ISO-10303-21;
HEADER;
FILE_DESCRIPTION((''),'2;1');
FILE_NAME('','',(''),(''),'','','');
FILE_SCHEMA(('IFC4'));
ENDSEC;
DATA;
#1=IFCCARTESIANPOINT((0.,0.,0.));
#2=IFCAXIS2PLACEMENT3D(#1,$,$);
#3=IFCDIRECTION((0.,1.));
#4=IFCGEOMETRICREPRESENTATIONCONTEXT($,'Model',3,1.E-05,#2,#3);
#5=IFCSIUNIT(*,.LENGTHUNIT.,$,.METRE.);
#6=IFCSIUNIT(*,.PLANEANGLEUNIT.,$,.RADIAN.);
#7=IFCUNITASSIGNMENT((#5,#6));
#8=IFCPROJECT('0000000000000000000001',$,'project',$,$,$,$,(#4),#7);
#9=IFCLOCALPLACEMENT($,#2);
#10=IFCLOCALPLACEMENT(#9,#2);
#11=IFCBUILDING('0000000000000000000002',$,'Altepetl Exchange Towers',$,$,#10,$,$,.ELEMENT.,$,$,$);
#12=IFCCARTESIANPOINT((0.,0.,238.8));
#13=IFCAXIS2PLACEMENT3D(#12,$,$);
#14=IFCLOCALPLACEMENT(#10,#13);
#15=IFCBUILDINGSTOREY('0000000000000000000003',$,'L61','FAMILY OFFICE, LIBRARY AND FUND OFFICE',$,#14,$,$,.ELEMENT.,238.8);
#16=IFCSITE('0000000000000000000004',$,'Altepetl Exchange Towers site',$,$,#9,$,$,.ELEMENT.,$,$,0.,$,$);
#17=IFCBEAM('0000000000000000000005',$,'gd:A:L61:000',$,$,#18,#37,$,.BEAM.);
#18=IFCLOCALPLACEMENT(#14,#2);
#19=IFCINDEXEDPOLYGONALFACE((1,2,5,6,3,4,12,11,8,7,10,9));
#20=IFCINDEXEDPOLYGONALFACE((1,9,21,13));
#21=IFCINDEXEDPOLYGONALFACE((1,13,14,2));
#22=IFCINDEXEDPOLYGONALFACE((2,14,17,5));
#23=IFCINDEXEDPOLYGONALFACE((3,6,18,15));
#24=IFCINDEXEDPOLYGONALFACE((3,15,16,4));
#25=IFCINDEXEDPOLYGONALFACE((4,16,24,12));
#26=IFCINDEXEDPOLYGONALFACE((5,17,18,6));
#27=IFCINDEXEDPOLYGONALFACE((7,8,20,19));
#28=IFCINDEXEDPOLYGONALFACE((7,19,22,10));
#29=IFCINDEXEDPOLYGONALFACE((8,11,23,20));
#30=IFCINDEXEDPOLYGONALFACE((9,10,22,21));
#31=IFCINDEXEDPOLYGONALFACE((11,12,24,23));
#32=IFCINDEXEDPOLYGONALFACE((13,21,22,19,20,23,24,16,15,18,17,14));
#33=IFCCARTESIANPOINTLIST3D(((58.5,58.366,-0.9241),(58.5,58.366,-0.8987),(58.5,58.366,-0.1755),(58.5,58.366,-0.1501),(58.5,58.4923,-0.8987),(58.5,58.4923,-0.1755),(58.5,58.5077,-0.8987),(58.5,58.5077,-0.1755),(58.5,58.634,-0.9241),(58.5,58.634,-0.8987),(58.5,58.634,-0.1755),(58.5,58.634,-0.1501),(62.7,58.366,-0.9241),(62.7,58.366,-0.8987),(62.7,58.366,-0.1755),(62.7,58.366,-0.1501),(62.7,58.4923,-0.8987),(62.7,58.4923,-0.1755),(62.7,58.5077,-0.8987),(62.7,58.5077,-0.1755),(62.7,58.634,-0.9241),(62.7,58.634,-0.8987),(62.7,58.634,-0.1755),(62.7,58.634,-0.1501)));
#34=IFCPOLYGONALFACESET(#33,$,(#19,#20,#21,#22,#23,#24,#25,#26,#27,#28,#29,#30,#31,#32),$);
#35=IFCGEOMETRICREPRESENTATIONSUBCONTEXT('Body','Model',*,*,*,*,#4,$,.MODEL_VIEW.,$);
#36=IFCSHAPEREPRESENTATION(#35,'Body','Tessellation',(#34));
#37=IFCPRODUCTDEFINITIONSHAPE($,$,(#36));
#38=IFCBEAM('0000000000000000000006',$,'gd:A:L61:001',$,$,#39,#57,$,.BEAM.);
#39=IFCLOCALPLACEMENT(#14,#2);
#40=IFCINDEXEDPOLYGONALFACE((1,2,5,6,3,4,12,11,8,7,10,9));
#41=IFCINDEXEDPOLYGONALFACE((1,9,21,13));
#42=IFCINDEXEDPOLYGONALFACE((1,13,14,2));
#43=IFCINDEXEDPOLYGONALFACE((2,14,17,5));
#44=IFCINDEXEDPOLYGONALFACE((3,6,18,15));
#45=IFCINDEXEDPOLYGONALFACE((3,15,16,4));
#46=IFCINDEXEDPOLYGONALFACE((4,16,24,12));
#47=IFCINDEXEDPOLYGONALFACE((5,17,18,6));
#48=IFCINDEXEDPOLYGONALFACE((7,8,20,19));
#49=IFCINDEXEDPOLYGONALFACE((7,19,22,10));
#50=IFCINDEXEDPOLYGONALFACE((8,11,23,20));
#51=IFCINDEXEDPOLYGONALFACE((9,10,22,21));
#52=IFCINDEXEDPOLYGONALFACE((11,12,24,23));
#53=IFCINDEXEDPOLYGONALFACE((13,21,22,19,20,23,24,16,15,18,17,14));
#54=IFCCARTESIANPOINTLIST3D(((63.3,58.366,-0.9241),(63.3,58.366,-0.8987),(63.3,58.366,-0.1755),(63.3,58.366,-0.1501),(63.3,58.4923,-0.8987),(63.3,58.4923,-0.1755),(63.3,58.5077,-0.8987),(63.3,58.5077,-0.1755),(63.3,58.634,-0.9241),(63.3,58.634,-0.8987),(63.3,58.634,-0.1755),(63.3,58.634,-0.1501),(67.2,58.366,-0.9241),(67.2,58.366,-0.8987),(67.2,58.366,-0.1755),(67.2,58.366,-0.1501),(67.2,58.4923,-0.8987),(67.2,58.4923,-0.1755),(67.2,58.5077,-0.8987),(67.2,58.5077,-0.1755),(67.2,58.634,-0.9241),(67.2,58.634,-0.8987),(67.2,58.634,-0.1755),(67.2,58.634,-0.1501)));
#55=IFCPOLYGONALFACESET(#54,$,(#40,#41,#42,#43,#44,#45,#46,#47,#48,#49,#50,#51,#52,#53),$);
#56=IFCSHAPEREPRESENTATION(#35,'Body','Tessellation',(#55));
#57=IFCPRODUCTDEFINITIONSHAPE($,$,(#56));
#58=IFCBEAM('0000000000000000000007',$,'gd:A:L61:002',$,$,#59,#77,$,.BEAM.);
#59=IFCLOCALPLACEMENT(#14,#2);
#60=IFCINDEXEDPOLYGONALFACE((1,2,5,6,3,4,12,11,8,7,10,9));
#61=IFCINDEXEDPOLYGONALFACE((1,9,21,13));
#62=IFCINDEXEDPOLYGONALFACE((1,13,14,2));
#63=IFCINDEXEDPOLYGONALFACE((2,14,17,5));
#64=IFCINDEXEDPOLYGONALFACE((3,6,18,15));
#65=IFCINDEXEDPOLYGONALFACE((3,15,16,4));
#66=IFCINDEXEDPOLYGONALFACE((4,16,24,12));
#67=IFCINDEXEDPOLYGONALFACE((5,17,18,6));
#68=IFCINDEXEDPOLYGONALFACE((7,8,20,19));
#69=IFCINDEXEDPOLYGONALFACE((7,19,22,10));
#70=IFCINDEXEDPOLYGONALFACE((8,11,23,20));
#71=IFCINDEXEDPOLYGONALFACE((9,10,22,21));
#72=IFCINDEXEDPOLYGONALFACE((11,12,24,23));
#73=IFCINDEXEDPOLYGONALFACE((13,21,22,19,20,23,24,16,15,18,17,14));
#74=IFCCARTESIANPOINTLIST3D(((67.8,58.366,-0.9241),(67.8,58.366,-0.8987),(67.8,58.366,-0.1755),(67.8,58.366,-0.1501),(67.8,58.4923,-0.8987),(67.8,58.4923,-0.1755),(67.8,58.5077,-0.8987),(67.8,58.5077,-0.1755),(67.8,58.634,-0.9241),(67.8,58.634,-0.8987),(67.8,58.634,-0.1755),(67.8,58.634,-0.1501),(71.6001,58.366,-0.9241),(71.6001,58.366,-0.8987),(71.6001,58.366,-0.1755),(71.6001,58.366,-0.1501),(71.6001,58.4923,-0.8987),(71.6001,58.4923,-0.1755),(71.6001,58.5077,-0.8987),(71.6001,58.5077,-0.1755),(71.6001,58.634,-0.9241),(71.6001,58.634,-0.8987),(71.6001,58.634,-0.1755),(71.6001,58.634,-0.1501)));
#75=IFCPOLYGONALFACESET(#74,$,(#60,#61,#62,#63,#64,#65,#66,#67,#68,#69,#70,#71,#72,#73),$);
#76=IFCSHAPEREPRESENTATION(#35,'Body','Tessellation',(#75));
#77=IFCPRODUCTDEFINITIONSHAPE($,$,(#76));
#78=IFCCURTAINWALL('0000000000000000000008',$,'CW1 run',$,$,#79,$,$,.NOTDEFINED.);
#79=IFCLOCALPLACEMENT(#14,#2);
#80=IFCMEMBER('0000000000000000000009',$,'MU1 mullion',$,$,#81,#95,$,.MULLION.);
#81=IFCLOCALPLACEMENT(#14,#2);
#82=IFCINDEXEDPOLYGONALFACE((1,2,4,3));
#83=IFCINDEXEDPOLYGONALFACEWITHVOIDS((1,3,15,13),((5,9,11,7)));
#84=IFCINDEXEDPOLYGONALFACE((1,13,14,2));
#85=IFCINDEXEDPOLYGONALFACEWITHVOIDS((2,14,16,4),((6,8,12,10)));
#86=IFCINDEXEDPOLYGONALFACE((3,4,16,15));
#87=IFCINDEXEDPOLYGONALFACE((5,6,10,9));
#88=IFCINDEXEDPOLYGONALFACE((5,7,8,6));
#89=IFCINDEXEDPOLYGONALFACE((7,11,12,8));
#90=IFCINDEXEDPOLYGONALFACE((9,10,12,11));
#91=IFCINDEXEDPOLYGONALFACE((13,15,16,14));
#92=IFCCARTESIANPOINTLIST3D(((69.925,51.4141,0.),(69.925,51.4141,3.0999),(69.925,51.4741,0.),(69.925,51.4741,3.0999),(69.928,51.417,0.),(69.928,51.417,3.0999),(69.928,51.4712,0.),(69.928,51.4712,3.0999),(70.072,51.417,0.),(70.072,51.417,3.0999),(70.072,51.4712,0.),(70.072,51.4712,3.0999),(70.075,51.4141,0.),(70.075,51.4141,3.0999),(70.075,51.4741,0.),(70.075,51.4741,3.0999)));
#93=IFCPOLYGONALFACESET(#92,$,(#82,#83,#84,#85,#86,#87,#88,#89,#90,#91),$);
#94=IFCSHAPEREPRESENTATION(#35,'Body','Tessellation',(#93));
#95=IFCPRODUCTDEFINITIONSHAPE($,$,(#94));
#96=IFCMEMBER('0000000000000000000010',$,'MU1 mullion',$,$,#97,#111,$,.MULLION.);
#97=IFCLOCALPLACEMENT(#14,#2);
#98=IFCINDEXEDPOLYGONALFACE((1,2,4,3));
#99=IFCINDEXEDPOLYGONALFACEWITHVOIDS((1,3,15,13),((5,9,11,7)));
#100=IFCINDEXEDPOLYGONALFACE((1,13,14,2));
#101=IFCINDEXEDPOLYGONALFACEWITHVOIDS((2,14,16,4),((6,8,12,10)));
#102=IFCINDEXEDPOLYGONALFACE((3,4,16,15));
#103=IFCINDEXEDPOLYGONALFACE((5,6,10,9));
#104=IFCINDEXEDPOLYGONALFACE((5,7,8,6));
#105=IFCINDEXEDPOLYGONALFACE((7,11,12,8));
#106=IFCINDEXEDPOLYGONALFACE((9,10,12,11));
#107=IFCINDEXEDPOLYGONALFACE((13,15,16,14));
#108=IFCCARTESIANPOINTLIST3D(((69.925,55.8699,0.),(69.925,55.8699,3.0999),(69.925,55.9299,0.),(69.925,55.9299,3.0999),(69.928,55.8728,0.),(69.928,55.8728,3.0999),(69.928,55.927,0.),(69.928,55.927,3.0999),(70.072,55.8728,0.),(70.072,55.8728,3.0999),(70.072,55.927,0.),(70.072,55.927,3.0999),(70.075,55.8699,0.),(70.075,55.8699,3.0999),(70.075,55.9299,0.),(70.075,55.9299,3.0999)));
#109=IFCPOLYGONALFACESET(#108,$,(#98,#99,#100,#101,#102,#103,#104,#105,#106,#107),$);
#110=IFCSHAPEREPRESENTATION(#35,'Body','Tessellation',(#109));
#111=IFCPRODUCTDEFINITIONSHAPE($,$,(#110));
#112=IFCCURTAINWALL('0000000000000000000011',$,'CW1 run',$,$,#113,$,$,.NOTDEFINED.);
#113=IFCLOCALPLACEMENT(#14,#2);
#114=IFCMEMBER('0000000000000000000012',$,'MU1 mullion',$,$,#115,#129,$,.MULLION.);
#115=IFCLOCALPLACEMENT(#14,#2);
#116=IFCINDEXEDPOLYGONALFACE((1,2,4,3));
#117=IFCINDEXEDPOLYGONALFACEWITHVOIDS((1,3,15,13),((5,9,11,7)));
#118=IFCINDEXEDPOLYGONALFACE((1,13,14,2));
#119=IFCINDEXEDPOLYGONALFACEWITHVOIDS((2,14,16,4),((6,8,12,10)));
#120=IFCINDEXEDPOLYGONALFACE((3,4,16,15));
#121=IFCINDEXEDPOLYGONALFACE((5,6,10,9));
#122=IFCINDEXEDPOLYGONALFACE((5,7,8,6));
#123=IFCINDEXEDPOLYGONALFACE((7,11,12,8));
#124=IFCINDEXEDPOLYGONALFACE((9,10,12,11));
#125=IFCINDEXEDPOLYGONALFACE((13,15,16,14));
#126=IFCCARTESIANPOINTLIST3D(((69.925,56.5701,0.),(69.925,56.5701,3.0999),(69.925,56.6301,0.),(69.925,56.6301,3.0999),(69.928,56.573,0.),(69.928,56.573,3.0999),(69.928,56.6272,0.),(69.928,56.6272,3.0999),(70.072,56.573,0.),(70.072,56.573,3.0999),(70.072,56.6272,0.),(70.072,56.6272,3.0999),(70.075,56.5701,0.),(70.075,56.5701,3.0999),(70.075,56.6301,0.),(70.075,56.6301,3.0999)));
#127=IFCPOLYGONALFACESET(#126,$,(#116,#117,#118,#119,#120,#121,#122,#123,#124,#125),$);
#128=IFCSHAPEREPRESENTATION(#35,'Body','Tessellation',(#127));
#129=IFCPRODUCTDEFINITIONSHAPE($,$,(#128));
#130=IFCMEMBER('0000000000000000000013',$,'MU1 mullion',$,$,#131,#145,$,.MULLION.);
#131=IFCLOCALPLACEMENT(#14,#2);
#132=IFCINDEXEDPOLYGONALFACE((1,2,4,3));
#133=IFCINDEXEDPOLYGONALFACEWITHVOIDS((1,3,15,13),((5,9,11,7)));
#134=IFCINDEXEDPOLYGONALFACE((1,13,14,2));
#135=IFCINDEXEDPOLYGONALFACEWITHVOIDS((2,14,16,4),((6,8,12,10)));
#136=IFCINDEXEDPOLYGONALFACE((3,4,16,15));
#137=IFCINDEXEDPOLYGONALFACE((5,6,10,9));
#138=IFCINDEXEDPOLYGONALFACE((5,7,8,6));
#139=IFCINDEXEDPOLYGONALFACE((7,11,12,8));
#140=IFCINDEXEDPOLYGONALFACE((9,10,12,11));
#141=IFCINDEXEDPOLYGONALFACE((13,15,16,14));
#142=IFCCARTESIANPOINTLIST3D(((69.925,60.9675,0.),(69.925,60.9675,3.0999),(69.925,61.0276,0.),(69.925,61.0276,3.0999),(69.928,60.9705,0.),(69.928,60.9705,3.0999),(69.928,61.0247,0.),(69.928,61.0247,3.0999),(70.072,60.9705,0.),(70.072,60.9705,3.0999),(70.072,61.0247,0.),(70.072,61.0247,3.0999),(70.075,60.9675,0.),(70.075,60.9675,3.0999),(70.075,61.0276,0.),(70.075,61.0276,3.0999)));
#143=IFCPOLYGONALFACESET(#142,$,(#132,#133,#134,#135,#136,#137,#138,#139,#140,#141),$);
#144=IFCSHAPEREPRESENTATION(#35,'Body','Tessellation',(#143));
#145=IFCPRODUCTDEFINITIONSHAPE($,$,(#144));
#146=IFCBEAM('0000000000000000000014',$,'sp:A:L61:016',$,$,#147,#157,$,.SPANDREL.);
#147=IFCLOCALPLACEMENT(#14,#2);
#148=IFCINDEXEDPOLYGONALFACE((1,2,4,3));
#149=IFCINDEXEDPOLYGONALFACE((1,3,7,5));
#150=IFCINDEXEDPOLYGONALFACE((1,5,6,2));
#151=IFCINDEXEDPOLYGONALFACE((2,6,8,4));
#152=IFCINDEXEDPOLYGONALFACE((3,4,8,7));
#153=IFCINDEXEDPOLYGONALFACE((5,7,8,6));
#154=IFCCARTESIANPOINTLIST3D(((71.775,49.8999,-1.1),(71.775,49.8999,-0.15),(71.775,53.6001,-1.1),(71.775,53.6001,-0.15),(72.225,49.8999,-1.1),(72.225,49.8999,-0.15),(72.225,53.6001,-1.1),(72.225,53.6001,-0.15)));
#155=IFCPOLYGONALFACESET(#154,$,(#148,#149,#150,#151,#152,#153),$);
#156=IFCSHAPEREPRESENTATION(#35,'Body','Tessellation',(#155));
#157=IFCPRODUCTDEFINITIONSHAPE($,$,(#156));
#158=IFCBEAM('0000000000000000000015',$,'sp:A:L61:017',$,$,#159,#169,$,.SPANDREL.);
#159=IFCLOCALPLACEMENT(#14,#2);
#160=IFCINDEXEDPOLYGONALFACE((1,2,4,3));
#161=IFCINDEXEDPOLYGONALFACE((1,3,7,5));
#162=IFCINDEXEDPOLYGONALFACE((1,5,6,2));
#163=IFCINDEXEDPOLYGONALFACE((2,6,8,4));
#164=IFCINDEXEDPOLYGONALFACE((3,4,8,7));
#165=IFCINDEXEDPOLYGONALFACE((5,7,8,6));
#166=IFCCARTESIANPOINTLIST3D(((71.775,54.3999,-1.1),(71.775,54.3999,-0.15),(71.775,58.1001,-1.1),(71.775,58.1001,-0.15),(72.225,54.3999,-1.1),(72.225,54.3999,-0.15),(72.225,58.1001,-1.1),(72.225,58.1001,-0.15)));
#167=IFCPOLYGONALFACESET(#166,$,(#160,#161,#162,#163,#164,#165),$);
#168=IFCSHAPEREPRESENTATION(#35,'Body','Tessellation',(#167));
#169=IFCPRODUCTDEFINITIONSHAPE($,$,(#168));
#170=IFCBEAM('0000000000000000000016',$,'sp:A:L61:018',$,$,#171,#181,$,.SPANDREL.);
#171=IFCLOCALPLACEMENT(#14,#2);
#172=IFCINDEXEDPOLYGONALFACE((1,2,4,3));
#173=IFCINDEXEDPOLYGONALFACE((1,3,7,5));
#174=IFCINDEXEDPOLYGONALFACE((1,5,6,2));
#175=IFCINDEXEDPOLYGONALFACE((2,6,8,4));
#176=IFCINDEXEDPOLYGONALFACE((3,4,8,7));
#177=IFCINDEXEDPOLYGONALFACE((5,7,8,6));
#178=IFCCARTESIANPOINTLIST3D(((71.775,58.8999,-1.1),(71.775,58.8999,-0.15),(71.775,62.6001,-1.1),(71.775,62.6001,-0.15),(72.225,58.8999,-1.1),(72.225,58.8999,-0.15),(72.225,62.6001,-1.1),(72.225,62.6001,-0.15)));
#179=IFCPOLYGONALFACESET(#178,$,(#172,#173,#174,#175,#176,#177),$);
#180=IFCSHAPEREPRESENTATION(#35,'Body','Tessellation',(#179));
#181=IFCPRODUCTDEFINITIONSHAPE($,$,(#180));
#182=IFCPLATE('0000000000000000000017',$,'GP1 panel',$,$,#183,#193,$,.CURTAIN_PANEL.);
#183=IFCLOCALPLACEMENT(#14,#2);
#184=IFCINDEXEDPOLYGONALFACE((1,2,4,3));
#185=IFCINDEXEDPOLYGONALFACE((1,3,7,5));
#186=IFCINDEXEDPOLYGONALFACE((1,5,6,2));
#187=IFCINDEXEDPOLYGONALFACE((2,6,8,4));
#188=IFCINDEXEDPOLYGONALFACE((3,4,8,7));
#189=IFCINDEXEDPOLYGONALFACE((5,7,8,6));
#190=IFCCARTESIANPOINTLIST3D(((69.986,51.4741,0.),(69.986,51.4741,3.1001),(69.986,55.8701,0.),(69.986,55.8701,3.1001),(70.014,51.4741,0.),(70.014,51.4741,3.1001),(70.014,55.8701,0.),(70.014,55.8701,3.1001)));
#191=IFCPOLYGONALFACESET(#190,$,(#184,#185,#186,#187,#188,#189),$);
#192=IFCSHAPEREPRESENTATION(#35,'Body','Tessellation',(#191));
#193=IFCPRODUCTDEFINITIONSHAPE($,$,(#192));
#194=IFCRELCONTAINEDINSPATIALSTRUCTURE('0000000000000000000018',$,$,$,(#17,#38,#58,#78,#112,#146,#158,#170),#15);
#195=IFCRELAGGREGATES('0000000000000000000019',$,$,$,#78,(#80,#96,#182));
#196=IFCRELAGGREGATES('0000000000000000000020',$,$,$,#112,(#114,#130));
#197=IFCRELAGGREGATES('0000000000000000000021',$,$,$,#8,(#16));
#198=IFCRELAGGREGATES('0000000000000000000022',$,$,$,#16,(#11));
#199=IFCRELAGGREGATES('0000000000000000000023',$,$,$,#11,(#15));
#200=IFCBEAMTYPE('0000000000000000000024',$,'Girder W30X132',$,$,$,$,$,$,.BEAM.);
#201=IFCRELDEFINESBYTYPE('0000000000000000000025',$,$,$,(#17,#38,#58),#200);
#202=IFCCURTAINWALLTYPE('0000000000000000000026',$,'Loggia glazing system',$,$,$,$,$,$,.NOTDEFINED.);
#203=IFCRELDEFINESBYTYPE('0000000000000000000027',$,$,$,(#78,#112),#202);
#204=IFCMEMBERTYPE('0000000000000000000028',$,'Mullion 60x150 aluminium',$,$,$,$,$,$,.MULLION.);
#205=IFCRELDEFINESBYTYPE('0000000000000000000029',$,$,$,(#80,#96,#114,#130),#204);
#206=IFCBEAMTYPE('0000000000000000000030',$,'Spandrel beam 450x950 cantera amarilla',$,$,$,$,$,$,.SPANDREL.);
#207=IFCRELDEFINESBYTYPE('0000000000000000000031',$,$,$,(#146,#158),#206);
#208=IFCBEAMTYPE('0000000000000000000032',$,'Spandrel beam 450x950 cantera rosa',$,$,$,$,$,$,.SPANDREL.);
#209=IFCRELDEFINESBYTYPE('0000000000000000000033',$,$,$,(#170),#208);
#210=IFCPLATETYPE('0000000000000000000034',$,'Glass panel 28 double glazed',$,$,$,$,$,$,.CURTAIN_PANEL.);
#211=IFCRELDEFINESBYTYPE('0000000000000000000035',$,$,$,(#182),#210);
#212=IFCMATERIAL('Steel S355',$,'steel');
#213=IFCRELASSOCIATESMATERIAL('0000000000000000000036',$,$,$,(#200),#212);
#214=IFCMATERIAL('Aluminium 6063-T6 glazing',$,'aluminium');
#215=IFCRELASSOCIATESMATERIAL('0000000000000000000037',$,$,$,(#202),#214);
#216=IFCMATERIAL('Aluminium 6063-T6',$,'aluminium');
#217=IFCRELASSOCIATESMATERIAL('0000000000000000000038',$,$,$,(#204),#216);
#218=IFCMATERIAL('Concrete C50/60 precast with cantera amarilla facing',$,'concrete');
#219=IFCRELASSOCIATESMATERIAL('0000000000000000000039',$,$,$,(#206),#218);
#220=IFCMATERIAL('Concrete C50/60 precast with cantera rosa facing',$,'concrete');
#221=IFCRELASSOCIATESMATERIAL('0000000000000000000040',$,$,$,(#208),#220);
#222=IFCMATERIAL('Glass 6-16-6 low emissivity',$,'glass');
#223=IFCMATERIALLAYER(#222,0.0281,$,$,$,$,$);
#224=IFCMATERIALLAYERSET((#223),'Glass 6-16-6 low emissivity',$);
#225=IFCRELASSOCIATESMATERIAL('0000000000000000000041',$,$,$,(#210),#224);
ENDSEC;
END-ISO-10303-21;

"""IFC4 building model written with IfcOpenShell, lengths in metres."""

from ifc_helpers import new_model, si_unit, direction, frame, origin, origin_2d, place, context, subcontext, project, spatial, rectangle, hollow_rectangle, i_section, extrude, material, layer, layer_set, material_profile, profile_set, type_object, element, aggregate, save


model = new_model("IFC4")

# Units and contexts
model_context = context("Model", 3, precision=1e-05, world=origin(), true_north=direction((0.0, 1.0)))
body_context = subcontext(model_context, "Body", "Model", "MODEL_VIEW")
ifc_project = project(units=[si_unit("LENGTHUNIT", "METRE"), si_unit("PLANEANGLEUNIT", "RADIAN")], contexts=[model_context])

# Site, building, storey
site_placement = place(None, origin())
site = spatial("IfcSite", under=ifc_project, at=site_placement, Name="Altepetl Exchange Towers site", CompositionType="ELEMENT", RefElevation=0.0)
building_placement = place(site_placement, origin())
building = spatial("IfcBuilding", under=site, at=building_placement, Name="Altepetl Exchange Towers", CompositionType="ELEMENT")
storey_placement = place(building_placement, frame((0.0, 0.0, 238.8)))
storey = spatial("IfcBuildingStorey", under=building, at=storey_placement, Name="L61", Description="FAMILY OFFICE, LIBRARY AND FUND OFFICE", CompositionType="ELEMENT", Elevation=238.8)

# Beams
ifc_material_1 = material(Name="Steel S355", Category="steel")
ifc_material_profile_1 = material_profile(ifc_material_1, i_section(OverallWidth=0.2681, OverallDepth=0.7739, WebThickness=0.0154, FlangeThickness=0.0254, at=origin_2d()), Name="W30X132")
ifc_profile_set_1 = profile_set([ifc_material_profile_1], Name="Steel S355")
beam_type_1 = type_object("IfcBeamType", Name="Girder W30X132", PredefinedType="BEAM", material=ifc_profile_set_1)
beam_1_placement = place(storey_placement, frame((58.5, 58.5, -0.5371), z_axis=(1.0, 0.0, 0.0), x_axis=(0.0, 1.0, 0.0)))
element("IfcBeam", 1, at=beam_1_placement, inside=storey, type_object=beam_type_1, Name="gd:A:L61:000", PredefinedType="BEAM", context=body_context, shape_type="SweptSolid", body=[
    extrude(i_section(OverallWidth=0.2681, OverallDepth=0.7739, WebThickness=0.0154, FlangeThickness=0.0254, at=origin_2d()), origin(), (0.0, 0.0, 1.0), 4.2),
])
beam_2_placement = place(storey_placement, frame((63.3, 58.5, -0.5371), z_axis=(1.0, 0.0, 0.0), x_axis=(0.0, 1.0, 0.0)))
element("IfcBeam", 2, at=beam_2_placement, inside=storey, type_object=beam_type_1, Name="gd:A:L61:001", PredefinedType="BEAM", context=body_context, shape_type="SweptSolid", body=[
    extrude(i_section(OverallWidth=0.2681, OverallDepth=0.7739, WebThickness=0.0154, FlangeThickness=0.0254, at=origin_2d()), origin(), (0.0, 0.0, 1.0), 3.8999),
])
beam_3_placement = place(storey_placement, frame((67.8, 58.5, -0.5371), z_axis=(1.0, 0.0, 0.0), x_axis=(0.0, 1.0, 0.0)))
element("IfcBeam", 3, at=beam_3_placement, inside=storey, type_object=beam_type_1, Name="gd:A:L61:002", PredefinedType="BEAM", context=body_context, shape_type="SweptSolid", body=[
    extrude(i_section(OverallWidth=0.2681, OverallDepth=0.7739, WebThickness=0.0154, FlangeThickness=0.0254, at=origin_2d()), origin(), (0.0, 0.0, 1.0), 3.8),
])

# Curtain walls, members
ifc_material_2 = material(Name="Aluminium 6063-T6 glazing", Category="aluminium")
curtain_wall_type = type_object("IfcCurtainWallType", Name="Loggia glazing system", PredefinedType="NOTDEFINED", material=ifc_material_2)
curtain_wall_1_placement = place(storey_placement, origin())
curtain_wall_1 = element("IfcCurtainWall", 4, at=curtain_wall_1_placement, inside=storey, type_object=curtain_wall_type, Name="CW1 run", PredefinedType="NOTDEFINED")
ifc_material_3 = material(Name="Aluminium 6063-T6", Category="aluminium")
ifc_material_profile_2 = material_profile(ifc_material_3, hollow_rectangle(XDim=0.0601, YDim=0.1499, WallThickness=0.0029, at=origin_2d()), Name="Mullion 60x150 aluminium")
ifc_profile_set_2 = profile_set([ifc_material_profile_2], Name="Aluminium 6063-T6")
member_type = type_object("IfcMemberType", Name="Mullion 60x150 aluminium", PredefinedType="MULLION", material=ifc_profile_set_2)
member_1_placement = place(storey_placement, frame((70.0, 51.4441, 0.0), z_axis=(0.0, 0.0, 1.0), x_axis=(0.0, 1.0, 0.0)))
member_1 = element("IfcMember", 5, at=member_1_placement, type_object=member_type, Name="MU1 mullion", PredefinedType="MULLION", context=body_context, shape_type="SweptSolid", body=[
    extrude(hollow_rectangle(XDim=0.0601, YDim=0.1499, WallThickness=0.0029, at=origin_2d()), origin(), (0.0, 0.0, 1.0), 3.0999),
])
member_2_placement = place(storey_placement, frame((70.0, 55.8999, 0.0), z_axis=(0.0, 0.0, 1.0), x_axis=(0.0, 1.0, 0.0)))
member_2 = element("IfcMember", 6, at=member_2_placement, type_object=member_type, Name="MU1 mullion", PredefinedType="MULLION", context=body_context, shape_type="SweptSolid", body=[
    extrude(hollow_rectangle(XDim=0.0601, YDim=0.1499, WallThickness=0.0029, at=origin_2d()), origin(), (0.0, 0.0, 1.0), 3.0999),
])
curtain_wall_2_placement = place(storey_placement, origin())
curtain_wall_2 = element("IfcCurtainWall", 7, at=curtain_wall_2_placement, inside=storey, type_object=curtain_wall_type, Name="CW1 run", PredefinedType="NOTDEFINED")
member_3_placement = place(storey_placement, frame((70.0, 56.6001, 0.0), z_axis=(0.0, 0.0, 1.0), x_axis=(0.0, 1.0, 0.0)))
member_3 = element("IfcMember", 8, at=member_3_placement, type_object=member_type, Name="MU1 mullion", PredefinedType="MULLION", context=body_context, shape_type="SweptSolid", body=[
    extrude(hollow_rectangle(XDim=0.0601, YDim=0.1499, WallThickness=0.0029, at=origin_2d()), origin(), (0.0, 0.0, 1.0), 3.0999),
])
member_4_placement = place(storey_placement, frame((70.0, 60.9976, 0.0), z_axis=(0.0, 0.0, 1.0), x_axis=(0.0, 1.0, 0.0)))
member_4 = element("IfcMember", 9, at=member_4_placement, type_object=member_type, Name="MU1 mullion", PredefinedType="MULLION", context=body_context, shape_type="SweptSolid", body=[
    extrude(hollow_rectangle(XDim=0.0601, YDim=0.1499, WallThickness=0.0029, at=origin_2d()), origin(), (0.0, 0.0, 1.0), 3.0999),
])

# Beams
ifc_material_4 = material(Name="Concrete C50/60 precast with cantera amarilla facing", Category="concrete")
ifc_material_profile_3 = material_profile(ifc_material_4, rectangle(XDim=0.45, YDim=0.95, at=origin_2d()), Name="450 x 950")
ifc_profile_set_3 = profile_set([ifc_material_profile_3], Name="Concrete C50/60 precast with cantera amarilla facing")
beam_type_2 = type_object("IfcBeamType", Name="Spandrel beam 450x950 cantera amarilla", PredefinedType="SPANDREL", material=ifc_profile_set_3)
for number, where, z_axis, x_axis, name in (
    (10, (72.0, 49.8999, -0.625), (0.0, 1.0, 0.0), (-1.0, 0.0, 0.0), "sp:A:L61:016"),
    (11, (72.0, 54.3999, -0.625), (0.0, 1.0, 0.0), (-1.0, 0.0, 0.0), "sp:A:L61:017"),
):
    element("IfcBeam", number, at=place(storey_placement, frame(where, z_axis=z_axis, x_axis=x_axis)), inside=storey, type_object=beam_type_2, Name=name, PredefinedType="SPANDREL", context=body_context, shape_type="SweptSolid", body=[
        extrude(rectangle(XDim=0.45, YDim=0.95, at=origin_2d()), origin(), (0.0, 0.0, 1.0), 3.7002),
    ])
ifc_material_5 = material(Name="Concrete C50/60 precast with cantera rosa facing", Category="concrete")
ifc_material_profile_4 = material_profile(ifc_material_5, rectangle(XDim=0.45, YDim=0.95, at=origin_2d()), Name="450 x 950")
ifc_profile_set_4 = profile_set([ifc_material_profile_4], Name="Concrete C50/60 precast with cantera rosa facing")
beam_type_3 = type_object("IfcBeamType", Name="Spandrel beam 450x950 cantera rosa", PredefinedType="SPANDREL", material=ifc_profile_set_4)
beam_4_placement = place(storey_placement, frame((72.0, 58.8999, -0.625), z_axis=(0.0, 1.0, 0.0), x_axis=(-1.0, 0.0, 0.0)))
element("IfcBeam", 12, at=beam_4_placement, inside=storey, type_object=beam_type_3, Name="sp:A:L61:018", PredefinedType="SPANDREL", context=body_context, shape_type="SweptSolid", body=[
    extrude(rectangle(XDim=0.45, YDim=0.95, at=origin_2d()), origin(), (0.0, 0.0, 1.0), 3.7002),
])

# Plate
ifc_material_6 = material(Name="Glass 6-16-6 low emissivity", Category="glass")
ifc_layer_1 = layer(ifc_material_6, 0.0281)
ifc_layer_set_1 = layer_set([ifc_layer_1], Name="Glass 6-16-6 low emissivity")
plate_type = type_object("IfcPlateType", Name="Glass panel 28 double glazed", PredefinedType="CURTAIN_PANEL", material=ifc_layer_set_1)
plate_1_placement = place(storey_placement, frame((70.0, 53.6721, 0.0), z_axis=(0.0, 0.0, 1.0), x_axis=(0.0, 1.0, 0.0)))
plate_1 = element("IfcPlate", 13, at=plate_1_placement, type_object=plate_type, Name="GP1 panel", PredefinedType="CURTAIN_PANEL", context=body_context, shape_type="SweptSolid", body=[
    extrude(rectangle(XDim=4.396, YDim=0.0281, at=origin_2d()), origin(), (0.0, 0.0, 1.0), 3.1001),
])
aggregate(curtain_wall_1, [member_1, member_2, plate_1])
aggregate(curtain_wall_2, [member_3, member_4])

save(model, "model.ifc")
